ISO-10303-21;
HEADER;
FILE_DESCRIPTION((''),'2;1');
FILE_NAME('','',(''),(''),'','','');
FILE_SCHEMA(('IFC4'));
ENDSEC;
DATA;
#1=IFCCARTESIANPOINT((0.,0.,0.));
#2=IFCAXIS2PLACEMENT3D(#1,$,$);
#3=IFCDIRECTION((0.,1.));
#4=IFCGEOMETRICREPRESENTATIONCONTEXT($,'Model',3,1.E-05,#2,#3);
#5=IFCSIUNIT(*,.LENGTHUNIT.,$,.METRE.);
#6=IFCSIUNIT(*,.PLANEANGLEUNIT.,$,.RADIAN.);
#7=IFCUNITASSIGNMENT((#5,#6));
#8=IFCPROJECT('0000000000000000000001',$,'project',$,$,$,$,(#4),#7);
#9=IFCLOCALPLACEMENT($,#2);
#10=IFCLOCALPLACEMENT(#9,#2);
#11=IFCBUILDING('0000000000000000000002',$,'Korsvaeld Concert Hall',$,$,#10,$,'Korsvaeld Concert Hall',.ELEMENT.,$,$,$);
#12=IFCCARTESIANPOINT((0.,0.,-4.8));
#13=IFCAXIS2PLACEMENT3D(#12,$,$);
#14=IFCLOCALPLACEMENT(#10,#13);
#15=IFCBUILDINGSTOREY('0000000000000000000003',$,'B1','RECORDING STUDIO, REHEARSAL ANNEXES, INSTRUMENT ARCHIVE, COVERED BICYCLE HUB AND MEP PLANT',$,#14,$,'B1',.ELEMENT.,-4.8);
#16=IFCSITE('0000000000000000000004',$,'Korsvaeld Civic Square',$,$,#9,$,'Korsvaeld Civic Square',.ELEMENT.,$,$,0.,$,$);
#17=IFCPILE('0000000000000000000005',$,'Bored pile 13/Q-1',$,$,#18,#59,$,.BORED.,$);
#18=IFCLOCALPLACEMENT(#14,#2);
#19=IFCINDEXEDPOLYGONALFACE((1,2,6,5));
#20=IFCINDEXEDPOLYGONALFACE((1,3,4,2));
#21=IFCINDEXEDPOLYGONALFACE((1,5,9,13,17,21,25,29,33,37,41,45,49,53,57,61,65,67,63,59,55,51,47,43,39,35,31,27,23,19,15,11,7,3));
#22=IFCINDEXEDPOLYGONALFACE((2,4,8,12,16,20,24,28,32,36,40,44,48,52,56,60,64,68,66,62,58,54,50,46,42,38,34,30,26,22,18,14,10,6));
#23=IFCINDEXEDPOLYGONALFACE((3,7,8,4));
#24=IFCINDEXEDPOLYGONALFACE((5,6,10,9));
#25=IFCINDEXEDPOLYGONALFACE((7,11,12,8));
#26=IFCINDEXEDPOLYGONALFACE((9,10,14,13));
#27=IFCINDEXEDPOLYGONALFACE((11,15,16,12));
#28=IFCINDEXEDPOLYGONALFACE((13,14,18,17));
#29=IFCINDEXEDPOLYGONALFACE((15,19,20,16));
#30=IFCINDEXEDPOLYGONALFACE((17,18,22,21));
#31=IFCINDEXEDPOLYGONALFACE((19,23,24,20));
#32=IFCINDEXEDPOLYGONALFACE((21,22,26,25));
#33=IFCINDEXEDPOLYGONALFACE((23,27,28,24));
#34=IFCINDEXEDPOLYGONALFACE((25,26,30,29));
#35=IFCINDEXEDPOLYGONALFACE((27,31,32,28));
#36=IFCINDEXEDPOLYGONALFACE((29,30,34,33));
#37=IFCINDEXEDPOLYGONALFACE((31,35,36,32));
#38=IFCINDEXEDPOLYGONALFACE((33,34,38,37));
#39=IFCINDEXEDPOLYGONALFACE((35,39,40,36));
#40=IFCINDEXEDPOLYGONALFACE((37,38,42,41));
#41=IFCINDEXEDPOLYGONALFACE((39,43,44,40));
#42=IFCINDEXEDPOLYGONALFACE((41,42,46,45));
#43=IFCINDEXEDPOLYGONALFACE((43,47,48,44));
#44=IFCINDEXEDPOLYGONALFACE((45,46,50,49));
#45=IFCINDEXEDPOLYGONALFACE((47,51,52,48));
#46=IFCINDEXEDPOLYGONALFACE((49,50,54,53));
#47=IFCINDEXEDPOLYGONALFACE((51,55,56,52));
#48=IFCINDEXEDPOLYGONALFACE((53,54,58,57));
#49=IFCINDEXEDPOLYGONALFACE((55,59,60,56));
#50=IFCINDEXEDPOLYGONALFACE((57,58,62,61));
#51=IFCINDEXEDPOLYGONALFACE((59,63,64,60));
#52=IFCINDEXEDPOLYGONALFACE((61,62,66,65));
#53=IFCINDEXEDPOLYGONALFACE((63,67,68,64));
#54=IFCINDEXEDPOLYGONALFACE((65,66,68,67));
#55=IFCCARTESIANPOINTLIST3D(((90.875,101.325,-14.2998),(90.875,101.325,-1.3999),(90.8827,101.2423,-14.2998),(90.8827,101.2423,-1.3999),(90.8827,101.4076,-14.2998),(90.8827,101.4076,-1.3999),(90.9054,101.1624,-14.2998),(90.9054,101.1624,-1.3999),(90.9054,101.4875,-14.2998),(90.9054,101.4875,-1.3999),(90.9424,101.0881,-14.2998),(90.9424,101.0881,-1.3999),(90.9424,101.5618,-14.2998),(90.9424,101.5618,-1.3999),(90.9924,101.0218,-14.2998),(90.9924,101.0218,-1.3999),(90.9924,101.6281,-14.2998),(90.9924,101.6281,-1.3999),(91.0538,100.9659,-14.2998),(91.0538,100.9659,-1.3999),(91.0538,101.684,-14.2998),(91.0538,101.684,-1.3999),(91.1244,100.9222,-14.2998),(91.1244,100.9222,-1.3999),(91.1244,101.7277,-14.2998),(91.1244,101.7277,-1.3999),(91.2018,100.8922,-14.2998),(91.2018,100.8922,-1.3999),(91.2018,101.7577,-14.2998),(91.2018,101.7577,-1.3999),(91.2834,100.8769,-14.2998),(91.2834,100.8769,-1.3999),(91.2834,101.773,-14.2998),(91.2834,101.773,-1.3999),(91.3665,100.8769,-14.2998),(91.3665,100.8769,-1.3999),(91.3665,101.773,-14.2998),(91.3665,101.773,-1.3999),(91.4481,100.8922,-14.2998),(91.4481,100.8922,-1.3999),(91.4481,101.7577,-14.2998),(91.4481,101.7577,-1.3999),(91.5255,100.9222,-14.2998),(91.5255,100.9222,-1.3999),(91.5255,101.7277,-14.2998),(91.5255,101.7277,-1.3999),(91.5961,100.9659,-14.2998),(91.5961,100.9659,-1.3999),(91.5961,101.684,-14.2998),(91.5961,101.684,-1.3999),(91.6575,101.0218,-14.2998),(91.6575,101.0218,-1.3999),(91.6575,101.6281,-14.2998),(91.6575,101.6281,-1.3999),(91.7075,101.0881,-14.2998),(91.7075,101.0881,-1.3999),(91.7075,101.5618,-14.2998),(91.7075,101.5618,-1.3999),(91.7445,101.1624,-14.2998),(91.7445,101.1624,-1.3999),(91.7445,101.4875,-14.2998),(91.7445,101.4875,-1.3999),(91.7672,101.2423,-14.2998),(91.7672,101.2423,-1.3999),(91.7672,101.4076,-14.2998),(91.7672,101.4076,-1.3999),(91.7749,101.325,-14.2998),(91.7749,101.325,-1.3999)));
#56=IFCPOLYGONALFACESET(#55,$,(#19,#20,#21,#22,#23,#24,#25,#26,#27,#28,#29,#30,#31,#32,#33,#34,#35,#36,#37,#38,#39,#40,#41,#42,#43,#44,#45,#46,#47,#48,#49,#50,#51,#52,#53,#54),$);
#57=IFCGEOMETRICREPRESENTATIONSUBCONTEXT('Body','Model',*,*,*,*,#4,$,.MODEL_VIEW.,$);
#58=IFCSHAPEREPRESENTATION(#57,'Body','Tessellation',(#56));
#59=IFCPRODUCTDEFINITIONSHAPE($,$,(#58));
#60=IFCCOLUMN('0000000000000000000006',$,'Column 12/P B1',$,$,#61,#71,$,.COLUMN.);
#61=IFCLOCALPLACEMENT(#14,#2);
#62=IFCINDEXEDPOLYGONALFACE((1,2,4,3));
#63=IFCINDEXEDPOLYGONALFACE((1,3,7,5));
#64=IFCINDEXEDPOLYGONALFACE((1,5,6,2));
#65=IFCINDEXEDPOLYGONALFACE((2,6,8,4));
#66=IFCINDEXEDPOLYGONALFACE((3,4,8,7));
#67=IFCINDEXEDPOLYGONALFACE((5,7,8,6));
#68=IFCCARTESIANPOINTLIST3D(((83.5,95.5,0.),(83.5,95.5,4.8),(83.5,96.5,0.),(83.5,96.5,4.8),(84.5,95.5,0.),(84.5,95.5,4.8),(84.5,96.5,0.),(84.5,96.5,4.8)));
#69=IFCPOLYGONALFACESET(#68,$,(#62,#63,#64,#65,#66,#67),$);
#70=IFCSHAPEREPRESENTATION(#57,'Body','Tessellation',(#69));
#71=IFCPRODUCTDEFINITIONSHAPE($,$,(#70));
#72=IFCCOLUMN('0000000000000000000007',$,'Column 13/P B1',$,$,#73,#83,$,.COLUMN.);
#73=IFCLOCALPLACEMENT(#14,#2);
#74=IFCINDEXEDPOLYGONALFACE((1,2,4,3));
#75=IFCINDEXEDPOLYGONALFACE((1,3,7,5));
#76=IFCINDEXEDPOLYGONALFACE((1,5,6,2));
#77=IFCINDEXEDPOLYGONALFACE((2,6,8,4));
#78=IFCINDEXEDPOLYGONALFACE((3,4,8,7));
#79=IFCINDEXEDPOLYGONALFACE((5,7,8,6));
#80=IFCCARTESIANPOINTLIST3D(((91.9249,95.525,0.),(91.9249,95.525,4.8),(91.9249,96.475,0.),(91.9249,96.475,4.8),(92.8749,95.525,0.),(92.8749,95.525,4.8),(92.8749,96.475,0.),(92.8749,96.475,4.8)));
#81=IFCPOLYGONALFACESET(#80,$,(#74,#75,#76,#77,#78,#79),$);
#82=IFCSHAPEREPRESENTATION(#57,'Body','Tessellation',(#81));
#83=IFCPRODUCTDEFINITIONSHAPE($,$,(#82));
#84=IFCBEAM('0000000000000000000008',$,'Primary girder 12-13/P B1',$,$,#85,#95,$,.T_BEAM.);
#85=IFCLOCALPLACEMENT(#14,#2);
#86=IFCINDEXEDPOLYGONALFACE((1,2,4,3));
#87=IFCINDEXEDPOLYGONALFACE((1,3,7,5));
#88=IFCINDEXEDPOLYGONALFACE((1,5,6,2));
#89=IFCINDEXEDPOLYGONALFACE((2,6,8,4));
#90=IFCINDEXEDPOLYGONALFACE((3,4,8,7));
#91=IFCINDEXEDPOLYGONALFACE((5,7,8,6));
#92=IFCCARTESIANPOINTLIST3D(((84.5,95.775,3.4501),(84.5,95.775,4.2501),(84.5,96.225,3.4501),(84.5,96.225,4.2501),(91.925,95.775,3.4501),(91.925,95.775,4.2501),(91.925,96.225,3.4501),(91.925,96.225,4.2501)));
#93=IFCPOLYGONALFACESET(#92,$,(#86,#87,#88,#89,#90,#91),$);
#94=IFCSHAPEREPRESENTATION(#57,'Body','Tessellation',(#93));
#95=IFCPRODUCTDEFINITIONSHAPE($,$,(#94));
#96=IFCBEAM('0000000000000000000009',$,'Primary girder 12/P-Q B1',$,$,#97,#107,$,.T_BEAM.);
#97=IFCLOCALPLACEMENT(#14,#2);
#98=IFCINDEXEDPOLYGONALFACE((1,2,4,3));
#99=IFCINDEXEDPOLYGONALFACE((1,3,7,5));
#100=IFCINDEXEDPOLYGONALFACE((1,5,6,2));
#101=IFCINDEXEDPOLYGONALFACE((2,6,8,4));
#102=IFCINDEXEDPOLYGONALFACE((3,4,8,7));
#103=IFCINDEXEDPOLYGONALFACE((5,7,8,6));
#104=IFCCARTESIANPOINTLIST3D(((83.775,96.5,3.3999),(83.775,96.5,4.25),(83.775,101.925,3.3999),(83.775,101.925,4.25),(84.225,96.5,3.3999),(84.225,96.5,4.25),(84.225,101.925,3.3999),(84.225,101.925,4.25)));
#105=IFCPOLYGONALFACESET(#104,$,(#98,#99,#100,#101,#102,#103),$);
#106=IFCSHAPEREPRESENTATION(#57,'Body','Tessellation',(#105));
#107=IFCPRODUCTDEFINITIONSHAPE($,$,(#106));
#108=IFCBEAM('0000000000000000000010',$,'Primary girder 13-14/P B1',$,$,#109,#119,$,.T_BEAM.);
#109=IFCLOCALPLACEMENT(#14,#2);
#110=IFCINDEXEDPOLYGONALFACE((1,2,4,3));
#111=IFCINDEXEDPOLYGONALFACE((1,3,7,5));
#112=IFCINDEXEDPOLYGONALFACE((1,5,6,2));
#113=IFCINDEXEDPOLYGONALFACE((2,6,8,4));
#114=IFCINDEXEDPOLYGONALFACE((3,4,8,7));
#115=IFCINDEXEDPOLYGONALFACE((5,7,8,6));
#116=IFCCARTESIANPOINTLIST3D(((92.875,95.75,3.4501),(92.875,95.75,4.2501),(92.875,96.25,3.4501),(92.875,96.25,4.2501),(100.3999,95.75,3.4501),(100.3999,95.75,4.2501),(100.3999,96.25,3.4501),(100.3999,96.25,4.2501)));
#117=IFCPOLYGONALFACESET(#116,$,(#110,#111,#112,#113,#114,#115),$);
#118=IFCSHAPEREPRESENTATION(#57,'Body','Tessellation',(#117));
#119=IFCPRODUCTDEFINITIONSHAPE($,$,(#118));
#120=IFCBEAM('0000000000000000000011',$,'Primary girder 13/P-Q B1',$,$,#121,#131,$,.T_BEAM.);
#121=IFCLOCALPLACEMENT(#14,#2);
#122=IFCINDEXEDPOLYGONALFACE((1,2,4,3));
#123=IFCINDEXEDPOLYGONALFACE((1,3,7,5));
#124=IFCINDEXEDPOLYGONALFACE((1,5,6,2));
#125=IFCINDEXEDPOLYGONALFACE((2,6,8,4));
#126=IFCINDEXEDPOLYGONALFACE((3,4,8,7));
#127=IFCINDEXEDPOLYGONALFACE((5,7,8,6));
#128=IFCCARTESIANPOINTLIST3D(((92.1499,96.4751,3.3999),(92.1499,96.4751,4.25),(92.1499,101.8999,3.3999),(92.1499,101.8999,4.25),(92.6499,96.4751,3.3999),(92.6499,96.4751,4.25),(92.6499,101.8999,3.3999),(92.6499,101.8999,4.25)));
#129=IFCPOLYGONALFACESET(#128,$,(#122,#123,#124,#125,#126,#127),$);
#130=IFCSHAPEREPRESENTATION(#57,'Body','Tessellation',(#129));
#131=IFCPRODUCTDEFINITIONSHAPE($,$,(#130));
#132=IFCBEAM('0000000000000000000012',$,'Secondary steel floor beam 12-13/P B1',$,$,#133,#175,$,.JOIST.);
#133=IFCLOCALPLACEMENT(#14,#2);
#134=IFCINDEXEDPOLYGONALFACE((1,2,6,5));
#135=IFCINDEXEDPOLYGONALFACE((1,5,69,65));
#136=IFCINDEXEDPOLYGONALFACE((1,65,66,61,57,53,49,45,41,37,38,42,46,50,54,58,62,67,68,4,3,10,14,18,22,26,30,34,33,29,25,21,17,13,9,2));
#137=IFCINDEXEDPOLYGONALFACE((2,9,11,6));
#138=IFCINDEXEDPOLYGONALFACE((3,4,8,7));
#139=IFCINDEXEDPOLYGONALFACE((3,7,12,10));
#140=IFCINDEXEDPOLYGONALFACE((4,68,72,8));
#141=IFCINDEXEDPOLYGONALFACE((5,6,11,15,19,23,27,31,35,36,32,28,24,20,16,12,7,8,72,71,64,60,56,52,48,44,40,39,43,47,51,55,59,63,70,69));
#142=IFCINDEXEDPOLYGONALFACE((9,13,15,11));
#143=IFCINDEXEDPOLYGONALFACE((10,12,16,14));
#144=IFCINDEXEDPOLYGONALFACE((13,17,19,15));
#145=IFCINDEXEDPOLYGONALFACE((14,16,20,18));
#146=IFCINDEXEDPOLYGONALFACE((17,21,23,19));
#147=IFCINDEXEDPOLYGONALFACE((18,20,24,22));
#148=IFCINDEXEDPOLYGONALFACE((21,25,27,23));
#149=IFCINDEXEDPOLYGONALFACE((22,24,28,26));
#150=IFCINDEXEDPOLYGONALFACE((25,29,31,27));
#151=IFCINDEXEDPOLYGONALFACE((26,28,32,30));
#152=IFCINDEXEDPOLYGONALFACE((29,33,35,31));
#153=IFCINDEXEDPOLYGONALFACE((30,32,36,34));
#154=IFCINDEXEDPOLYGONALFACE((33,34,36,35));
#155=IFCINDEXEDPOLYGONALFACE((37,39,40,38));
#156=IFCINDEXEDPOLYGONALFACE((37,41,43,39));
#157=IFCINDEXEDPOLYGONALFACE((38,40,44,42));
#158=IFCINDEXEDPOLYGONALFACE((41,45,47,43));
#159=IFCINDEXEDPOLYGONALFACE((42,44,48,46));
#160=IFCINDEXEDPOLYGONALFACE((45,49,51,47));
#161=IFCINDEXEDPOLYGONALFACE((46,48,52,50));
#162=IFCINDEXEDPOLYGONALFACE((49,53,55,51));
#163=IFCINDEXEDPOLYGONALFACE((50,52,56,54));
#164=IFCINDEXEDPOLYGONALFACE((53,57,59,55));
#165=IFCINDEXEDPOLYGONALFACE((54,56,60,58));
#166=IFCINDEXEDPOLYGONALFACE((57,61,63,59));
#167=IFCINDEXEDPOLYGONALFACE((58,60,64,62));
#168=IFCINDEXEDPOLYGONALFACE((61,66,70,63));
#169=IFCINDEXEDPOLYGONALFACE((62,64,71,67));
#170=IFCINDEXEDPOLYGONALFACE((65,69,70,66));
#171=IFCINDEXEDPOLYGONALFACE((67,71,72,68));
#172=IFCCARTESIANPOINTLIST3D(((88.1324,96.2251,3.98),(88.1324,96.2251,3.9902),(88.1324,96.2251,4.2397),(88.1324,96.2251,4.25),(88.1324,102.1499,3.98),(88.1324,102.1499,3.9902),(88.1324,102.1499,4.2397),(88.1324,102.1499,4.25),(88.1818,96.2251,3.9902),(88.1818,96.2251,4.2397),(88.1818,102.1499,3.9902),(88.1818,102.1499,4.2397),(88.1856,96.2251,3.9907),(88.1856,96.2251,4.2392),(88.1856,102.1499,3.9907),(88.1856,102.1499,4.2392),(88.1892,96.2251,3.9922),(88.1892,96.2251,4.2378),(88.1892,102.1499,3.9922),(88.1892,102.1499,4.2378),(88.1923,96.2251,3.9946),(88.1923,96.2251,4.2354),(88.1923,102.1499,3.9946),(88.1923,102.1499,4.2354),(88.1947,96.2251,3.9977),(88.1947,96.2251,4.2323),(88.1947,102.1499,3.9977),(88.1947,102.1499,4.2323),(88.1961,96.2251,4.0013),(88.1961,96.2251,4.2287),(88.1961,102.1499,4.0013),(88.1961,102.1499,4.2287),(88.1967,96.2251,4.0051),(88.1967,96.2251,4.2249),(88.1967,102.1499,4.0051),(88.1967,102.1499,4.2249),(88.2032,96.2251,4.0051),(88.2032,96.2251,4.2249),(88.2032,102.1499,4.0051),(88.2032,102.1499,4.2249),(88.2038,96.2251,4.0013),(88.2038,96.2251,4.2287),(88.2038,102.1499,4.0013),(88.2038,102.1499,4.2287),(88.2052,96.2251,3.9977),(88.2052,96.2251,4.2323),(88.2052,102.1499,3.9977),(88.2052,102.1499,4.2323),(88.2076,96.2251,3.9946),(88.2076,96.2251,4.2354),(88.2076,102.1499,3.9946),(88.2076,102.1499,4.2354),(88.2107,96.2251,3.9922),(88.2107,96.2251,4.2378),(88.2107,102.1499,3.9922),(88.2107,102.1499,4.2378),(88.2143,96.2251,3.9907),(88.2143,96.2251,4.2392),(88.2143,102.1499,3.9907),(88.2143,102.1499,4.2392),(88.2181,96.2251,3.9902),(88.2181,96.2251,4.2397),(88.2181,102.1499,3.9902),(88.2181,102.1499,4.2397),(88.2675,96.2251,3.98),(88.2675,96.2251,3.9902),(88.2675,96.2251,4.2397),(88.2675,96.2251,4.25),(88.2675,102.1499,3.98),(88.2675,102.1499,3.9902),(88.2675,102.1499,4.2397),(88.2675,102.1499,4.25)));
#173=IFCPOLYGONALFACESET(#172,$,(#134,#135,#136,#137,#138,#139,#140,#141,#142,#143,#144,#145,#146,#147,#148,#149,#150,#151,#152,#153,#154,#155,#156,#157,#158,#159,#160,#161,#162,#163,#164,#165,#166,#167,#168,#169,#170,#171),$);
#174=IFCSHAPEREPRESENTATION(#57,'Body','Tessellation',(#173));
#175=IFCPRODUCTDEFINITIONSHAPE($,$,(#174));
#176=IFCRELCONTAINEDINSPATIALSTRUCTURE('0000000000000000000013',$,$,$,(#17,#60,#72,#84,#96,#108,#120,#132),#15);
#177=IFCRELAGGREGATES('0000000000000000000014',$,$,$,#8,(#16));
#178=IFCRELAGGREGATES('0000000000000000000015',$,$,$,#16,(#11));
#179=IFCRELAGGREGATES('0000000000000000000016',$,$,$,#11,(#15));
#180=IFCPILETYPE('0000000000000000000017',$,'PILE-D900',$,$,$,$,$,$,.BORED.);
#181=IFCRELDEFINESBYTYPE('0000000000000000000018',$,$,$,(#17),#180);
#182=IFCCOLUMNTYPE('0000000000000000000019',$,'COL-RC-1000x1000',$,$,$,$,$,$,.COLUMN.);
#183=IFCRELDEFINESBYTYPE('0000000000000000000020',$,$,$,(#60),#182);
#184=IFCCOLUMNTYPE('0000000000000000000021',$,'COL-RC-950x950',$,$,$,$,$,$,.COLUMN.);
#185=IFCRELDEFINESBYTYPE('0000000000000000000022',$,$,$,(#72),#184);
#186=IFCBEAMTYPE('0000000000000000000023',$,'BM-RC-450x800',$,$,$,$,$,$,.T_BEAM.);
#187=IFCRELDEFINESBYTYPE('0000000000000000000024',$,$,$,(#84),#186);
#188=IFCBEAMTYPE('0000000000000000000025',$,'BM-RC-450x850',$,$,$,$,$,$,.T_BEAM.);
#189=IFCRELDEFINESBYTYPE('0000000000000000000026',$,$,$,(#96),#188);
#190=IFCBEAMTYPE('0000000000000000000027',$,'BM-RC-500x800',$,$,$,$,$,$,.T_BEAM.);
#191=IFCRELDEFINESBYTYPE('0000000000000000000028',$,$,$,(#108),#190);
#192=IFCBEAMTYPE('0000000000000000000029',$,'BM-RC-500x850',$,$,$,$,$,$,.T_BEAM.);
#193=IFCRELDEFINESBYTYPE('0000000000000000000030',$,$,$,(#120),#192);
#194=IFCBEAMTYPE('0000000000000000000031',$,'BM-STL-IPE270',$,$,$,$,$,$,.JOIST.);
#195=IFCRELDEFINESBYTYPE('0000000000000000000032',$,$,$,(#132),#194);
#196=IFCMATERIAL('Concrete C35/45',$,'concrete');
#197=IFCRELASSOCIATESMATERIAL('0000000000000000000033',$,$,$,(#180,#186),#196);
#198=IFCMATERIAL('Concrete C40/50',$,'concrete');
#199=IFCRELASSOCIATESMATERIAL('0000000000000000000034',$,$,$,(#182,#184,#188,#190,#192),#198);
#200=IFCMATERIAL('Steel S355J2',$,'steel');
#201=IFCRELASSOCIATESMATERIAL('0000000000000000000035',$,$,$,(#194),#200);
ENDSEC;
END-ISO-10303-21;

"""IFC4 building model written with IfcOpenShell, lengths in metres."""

from ifc_helpers import new_model, si_unit, direction, frame, origin, origin_2d, place, context, subcontext, project, spatial, rectangle, circle, i_section, extrude, material, material_profile, profile_set, type_object, element, save


model = new_model("IFC4")

# Units and contexts
model_context = context("Model", 3, precision=1e-05, world=origin(), true_north=direction((0.0, 1.0)))
body_context = subcontext(model_context, "Body", "Model", "MODEL_VIEW")
ifc_project = project(units=[si_unit("LENGTHUNIT", "METRE"), si_unit("PLANEANGLEUNIT", "RADIAN")], contexts=[model_context])

# Site, building, storey
site_placement = place(None, origin())
site = spatial("IfcSite", under=ifc_project, at=site_placement, Name="Korsvaeld Civic Square", LongName="Korsvaeld Civic Square", CompositionType="ELEMENT", RefElevation=0.0)
building_placement = place(site_placement, origin())
building = spatial("IfcBuilding", under=site, at=building_placement, Name="Korsvaeld Concert Hall", LongName="Korsvaeld Concert Hall", CompositionType="ELEMENT")
storey_placement = place(building_placement, frame((0.0, 0.0, -4.8)))
storey = spatial("IfcBuildingStorey", under=building, at=storey_placement, Name="B1", Description="RECORDING STUDIO, REHEARSAL ANNEXES, INSTRUMENT ARCHIVE, COVERED BICYCLE HUB AND MEP PLANT", LongName="B1", CompositionType="ELEMENT", Elevation=-4.8)

# Shared definitions
ifc_material_1 = material(Name="Concrete C35/45", Category="concrete")

# Pile
ifc_material_2 = material(Name="Concrete C40/50", Category="concrete")
ifc_material_profile_1 = material_profile(ifc_material_1, circle(Radius=0.45, at=origin_2d()), Name="BORED PILE D900")
ifc_profile_set_1 = profile_set([ifc_material_profile_1], Name="Concrete C35/45")
pile_type_1 = type_object("IfcPileType", Name="PILE-D900", PredefinedType="BORED", material=ifc_profile_set_1)
pile_placement = place(storey_placement, frame((91.325, 101.325, -1.3999), z_axis=(0.0, 0.0, -1.0), x_axis=(1.0, 0.0, 0.0)))
element("IfcPile", 1, at=pile_placement, inside=storey, type_object=pile_type_1, Name="Bored pile 13/Q-1", PredefinedType="BORED", context=body_context, shape_type="SweptSolid", body=[
    extrude(circle(Radius=0.45, at=origin_2d()), origin(), (0.0, 0.0, 1.0), 12.8999),
])

# Columns
ifc_material_profile_2 = material_profile(ifc_material_2, rectangle(XDim=1.0, YDim=1.0, at=origin_2d()), Name="RC 1000x1000")
ifc_profile_set_2 = profile_set([ifc_material_profile_2], Name="Concrete C40/50")
column_type_1 = type_object("IfcColumnType", Name="COL-RC-1000x1000", PredefinedType="COLUMN", material=ifc_profile_set_2)
column_1_placement = place(storey_placement, frame((84.0, 96.0, 0.0), z_axis=(0.0, 0.0, 1.0), x_axis=(1.0, 0.0, 0.0)))
element("IfcColumn", 2, at=column_1_placement, inside=storey, type_object=column_type_1, Name="Column 12/P B1", PredefinedType="COLUMN", context=body_context, shape_type="SweptSolid", body=[
    extrude(rectangle(XDim=1.0, YDim=1.0, at=origin_2d()), origin(), (0.0, 0.0, 1.0), 4.8),
])
ifc_material_profile_3 = material_profile(ifc_material_2, rectangle(XDim=0.95, YDim=0.95, at=origin_2d()), Name="RC 950x950")
ifc_profile_set_3 = profile_set([ifc_material_profile_3], Name="Concrete C40/50")
column_type_2 = type_object("IfcColumnType", Name="COL-RC-950x950", PredefinedType="COLUMN", material=ifc_profile_set_3)
column_2_placement = place(storey_placement, frame((92.3999, 96.0, 0.0), z_axis=(0.0, 0.0, 1.0), x_axis=(1.0, 0.0, 0.0)))
element("IfcColumn", 3, at=column_2_placement, inside=storey, type_object=column_type_2, Name="Column 13/P B1", PredefinedType="COLUMN", context=body_context, shape_type="SweptSolid", body=[
    extrude(rectangle(XDim=0.95, YDim=0.95, at=origin_2d()), origin(), (0.0, 0.0, 1.0), 4.8),
])

# Beams
ifc_material_profile_4 = material_profile(ifc_material_1, rectangle(XDim=0.45, YDim=0.8, at=origin_2d()), Name="RC 450x800")
ifc_profile_set_4 = profile_set([ifc_material_profile_4], Name="Concrete C35/45")
beam_type_1 = type_object("IfcBeamType", Name="BM-RC-450x800", PredefinedType="T_BEAM", material=ifc_profile_set_4)
beam_1_placement = place(storey_placement, frame((84.5, 96.0, 3.8501), z_axis=(1.0, 0.0, 0.0), x_axis=(0.0, 1.0, 0.0)))
element("IfcBeam", 4, at=beam_1_placement, inside=storey, type_object=beam_type_1, Name="Primary girder 12-13/P B1", PredefinedType="T_BEAM", context=body_context, shape_type="SweptSolid", body=[
    extrude(rectangle(XDim=0.45, YDim=0.8, at=origin_2d()), origin(), (0.0, 0.0, 1.0), 7.425),
])
ifc_material_profile_5 = material_profile(ifc_material_2, rectangle(XDim=0.45, YDim=0.8501, at=origin_2d()), Name="RC 450x850")
ifc_profile_set_5 = profile_set([ifc_material_profile_5], Name="Concrete C40/50")
beam_type_2 = type_object("IfcBeamType", Name="BM-RC-450x850", PredefinedType="T_BEAM", material=ifc_profile_set_5)
beam_2_placement = place(storey_placement, frame((84.0, 96.5, 3.825), z_axis=(0.0, 1.0, 0.0), x_axis=(-1.0, 0.0, 0.0)))
element("IfcBeam", 5, at=beam_2_placement, inside=storey, type_object=beam_type_2, Name="Primary girder 12/P-Q B1", PredefinedType="T_BEAM", context=body_context, shape_type="SweptSolid", body=[
    extrude(rectangle(XDim=0.45, YDim=0.8501, at=origin_2d()), origin(), (0.0, 0.0, 1.0), 5.425),
])
ifc_material_profile_6 = material_profile(ifc_material_2, rectangle(XDim=0.5, YDim=0.8, at=origin_2d()), Name="RC 500x800")
ifc_profile_set_6 = profile_set([ifc_material_profile_6], Name="Concrete C40/50")
beam_type_3 = type_object("IfcBeamType", Name="BM-RC-500x800", PredefinedType="T_BEAM", material=ifc_profile_set_6)
beam_3_placement = place(storey_placement, frame((92.875, 96.0, 3.8501), z_axis=(1.0, 0.0, 0.0), x_axis=(0.0, 1.0, 0.0)))
element("IfcBeam", 6, at=beam_3_placement, inside=storey, type_object=beam_type_3, Name="Primary girder 13-14/P B1", PredefinedType="T_BEAM", context=body_context, shape_type="SweptSolid", body=[
    extrude(rectangle(XDim=0.5, YDim=0.8, at=origin_2d()), origin(), (0.0, 0.0, 1.0), 7.5249),
])
ifc_material_profile_7 = material_profile(ifc_material_2, rectangle(XDim=0.5, YDim=0.8501, at=origin_2d()), Name="RC 500x850")
ifc_profile_set_7 = profile_set([ifc_material_profile_7], Name="Concrete C40/50")
beam_type_4 = type_object("IfcBeamType", Name="BM-RC-500x850", PredefinedType="T_BEAM", material=ifc_profile_set_7)
beam_4_placement = place(storey_placement, frame((92.3999, 96.4751, 3.825), z_axis=(0.0, 1.0, 0.0), x_axis=(-1.0, 0.0, 0.0)))
element("IfcBeam", 7, at=beam_4_placement, inside=storey, type_object=beam_type_4, Name="Primary girder 13/P-Q B1", PredefinedType="T_BEAM", context=body_context, shape_type="SweptSolid", body=[
    extrude(rectangle(XDim=0.5, YDim=0.8501, at=origin_2d()), origin(), (0.0, 0.0, 1.0), 5.4248),
])
ifc_material_3 = material(Name="Steel S355J2", Category="steel")
ifc_material_profile_8 = material_profile(ifc_material_3, i_section(OverallWidth=0.135, OverallDepth=0.27, WebThickness=0.0066, FlangeThickness=0.0103, FilletRadius=0.0149, at=origin_2d()), Name="IPE 270")
ifc_profile_set_8 = profile_set([ifc_material_profile_8], Name="Steel S355J2")
beam_type_5 = type_object("IfcBeamType", Name="BM-STL-IPE270", PredefinedType="JOIST", material=ifc_profile_set_8)
beam_5_placement = place(storey_placement, frame((88.2, 96.2251, 4.115), z_axis=(0.0, 1.0, 0.0), x_axis=(-1.0, 0.0, 0.0)))
element("IfcBeam", 8, at=beam_5_placement, inside=storey, type_object=beam_type_5, Name="Secondary steel floor beam 12-13/P B1", PredefinedType="JOIST", context=body_context, shape_type="SweptSolid", body=[
    extrude(i_section(OverallWidth=0.135, OverallDepth=0.27, WebThickness=0.0066, FlangeThickness=0.0103, FilletRadius=0.0149, at=origin_2d()), origin(), (0.0, 0.0, 1.0), 5.9248),
])

save(model, "model.ifc")
